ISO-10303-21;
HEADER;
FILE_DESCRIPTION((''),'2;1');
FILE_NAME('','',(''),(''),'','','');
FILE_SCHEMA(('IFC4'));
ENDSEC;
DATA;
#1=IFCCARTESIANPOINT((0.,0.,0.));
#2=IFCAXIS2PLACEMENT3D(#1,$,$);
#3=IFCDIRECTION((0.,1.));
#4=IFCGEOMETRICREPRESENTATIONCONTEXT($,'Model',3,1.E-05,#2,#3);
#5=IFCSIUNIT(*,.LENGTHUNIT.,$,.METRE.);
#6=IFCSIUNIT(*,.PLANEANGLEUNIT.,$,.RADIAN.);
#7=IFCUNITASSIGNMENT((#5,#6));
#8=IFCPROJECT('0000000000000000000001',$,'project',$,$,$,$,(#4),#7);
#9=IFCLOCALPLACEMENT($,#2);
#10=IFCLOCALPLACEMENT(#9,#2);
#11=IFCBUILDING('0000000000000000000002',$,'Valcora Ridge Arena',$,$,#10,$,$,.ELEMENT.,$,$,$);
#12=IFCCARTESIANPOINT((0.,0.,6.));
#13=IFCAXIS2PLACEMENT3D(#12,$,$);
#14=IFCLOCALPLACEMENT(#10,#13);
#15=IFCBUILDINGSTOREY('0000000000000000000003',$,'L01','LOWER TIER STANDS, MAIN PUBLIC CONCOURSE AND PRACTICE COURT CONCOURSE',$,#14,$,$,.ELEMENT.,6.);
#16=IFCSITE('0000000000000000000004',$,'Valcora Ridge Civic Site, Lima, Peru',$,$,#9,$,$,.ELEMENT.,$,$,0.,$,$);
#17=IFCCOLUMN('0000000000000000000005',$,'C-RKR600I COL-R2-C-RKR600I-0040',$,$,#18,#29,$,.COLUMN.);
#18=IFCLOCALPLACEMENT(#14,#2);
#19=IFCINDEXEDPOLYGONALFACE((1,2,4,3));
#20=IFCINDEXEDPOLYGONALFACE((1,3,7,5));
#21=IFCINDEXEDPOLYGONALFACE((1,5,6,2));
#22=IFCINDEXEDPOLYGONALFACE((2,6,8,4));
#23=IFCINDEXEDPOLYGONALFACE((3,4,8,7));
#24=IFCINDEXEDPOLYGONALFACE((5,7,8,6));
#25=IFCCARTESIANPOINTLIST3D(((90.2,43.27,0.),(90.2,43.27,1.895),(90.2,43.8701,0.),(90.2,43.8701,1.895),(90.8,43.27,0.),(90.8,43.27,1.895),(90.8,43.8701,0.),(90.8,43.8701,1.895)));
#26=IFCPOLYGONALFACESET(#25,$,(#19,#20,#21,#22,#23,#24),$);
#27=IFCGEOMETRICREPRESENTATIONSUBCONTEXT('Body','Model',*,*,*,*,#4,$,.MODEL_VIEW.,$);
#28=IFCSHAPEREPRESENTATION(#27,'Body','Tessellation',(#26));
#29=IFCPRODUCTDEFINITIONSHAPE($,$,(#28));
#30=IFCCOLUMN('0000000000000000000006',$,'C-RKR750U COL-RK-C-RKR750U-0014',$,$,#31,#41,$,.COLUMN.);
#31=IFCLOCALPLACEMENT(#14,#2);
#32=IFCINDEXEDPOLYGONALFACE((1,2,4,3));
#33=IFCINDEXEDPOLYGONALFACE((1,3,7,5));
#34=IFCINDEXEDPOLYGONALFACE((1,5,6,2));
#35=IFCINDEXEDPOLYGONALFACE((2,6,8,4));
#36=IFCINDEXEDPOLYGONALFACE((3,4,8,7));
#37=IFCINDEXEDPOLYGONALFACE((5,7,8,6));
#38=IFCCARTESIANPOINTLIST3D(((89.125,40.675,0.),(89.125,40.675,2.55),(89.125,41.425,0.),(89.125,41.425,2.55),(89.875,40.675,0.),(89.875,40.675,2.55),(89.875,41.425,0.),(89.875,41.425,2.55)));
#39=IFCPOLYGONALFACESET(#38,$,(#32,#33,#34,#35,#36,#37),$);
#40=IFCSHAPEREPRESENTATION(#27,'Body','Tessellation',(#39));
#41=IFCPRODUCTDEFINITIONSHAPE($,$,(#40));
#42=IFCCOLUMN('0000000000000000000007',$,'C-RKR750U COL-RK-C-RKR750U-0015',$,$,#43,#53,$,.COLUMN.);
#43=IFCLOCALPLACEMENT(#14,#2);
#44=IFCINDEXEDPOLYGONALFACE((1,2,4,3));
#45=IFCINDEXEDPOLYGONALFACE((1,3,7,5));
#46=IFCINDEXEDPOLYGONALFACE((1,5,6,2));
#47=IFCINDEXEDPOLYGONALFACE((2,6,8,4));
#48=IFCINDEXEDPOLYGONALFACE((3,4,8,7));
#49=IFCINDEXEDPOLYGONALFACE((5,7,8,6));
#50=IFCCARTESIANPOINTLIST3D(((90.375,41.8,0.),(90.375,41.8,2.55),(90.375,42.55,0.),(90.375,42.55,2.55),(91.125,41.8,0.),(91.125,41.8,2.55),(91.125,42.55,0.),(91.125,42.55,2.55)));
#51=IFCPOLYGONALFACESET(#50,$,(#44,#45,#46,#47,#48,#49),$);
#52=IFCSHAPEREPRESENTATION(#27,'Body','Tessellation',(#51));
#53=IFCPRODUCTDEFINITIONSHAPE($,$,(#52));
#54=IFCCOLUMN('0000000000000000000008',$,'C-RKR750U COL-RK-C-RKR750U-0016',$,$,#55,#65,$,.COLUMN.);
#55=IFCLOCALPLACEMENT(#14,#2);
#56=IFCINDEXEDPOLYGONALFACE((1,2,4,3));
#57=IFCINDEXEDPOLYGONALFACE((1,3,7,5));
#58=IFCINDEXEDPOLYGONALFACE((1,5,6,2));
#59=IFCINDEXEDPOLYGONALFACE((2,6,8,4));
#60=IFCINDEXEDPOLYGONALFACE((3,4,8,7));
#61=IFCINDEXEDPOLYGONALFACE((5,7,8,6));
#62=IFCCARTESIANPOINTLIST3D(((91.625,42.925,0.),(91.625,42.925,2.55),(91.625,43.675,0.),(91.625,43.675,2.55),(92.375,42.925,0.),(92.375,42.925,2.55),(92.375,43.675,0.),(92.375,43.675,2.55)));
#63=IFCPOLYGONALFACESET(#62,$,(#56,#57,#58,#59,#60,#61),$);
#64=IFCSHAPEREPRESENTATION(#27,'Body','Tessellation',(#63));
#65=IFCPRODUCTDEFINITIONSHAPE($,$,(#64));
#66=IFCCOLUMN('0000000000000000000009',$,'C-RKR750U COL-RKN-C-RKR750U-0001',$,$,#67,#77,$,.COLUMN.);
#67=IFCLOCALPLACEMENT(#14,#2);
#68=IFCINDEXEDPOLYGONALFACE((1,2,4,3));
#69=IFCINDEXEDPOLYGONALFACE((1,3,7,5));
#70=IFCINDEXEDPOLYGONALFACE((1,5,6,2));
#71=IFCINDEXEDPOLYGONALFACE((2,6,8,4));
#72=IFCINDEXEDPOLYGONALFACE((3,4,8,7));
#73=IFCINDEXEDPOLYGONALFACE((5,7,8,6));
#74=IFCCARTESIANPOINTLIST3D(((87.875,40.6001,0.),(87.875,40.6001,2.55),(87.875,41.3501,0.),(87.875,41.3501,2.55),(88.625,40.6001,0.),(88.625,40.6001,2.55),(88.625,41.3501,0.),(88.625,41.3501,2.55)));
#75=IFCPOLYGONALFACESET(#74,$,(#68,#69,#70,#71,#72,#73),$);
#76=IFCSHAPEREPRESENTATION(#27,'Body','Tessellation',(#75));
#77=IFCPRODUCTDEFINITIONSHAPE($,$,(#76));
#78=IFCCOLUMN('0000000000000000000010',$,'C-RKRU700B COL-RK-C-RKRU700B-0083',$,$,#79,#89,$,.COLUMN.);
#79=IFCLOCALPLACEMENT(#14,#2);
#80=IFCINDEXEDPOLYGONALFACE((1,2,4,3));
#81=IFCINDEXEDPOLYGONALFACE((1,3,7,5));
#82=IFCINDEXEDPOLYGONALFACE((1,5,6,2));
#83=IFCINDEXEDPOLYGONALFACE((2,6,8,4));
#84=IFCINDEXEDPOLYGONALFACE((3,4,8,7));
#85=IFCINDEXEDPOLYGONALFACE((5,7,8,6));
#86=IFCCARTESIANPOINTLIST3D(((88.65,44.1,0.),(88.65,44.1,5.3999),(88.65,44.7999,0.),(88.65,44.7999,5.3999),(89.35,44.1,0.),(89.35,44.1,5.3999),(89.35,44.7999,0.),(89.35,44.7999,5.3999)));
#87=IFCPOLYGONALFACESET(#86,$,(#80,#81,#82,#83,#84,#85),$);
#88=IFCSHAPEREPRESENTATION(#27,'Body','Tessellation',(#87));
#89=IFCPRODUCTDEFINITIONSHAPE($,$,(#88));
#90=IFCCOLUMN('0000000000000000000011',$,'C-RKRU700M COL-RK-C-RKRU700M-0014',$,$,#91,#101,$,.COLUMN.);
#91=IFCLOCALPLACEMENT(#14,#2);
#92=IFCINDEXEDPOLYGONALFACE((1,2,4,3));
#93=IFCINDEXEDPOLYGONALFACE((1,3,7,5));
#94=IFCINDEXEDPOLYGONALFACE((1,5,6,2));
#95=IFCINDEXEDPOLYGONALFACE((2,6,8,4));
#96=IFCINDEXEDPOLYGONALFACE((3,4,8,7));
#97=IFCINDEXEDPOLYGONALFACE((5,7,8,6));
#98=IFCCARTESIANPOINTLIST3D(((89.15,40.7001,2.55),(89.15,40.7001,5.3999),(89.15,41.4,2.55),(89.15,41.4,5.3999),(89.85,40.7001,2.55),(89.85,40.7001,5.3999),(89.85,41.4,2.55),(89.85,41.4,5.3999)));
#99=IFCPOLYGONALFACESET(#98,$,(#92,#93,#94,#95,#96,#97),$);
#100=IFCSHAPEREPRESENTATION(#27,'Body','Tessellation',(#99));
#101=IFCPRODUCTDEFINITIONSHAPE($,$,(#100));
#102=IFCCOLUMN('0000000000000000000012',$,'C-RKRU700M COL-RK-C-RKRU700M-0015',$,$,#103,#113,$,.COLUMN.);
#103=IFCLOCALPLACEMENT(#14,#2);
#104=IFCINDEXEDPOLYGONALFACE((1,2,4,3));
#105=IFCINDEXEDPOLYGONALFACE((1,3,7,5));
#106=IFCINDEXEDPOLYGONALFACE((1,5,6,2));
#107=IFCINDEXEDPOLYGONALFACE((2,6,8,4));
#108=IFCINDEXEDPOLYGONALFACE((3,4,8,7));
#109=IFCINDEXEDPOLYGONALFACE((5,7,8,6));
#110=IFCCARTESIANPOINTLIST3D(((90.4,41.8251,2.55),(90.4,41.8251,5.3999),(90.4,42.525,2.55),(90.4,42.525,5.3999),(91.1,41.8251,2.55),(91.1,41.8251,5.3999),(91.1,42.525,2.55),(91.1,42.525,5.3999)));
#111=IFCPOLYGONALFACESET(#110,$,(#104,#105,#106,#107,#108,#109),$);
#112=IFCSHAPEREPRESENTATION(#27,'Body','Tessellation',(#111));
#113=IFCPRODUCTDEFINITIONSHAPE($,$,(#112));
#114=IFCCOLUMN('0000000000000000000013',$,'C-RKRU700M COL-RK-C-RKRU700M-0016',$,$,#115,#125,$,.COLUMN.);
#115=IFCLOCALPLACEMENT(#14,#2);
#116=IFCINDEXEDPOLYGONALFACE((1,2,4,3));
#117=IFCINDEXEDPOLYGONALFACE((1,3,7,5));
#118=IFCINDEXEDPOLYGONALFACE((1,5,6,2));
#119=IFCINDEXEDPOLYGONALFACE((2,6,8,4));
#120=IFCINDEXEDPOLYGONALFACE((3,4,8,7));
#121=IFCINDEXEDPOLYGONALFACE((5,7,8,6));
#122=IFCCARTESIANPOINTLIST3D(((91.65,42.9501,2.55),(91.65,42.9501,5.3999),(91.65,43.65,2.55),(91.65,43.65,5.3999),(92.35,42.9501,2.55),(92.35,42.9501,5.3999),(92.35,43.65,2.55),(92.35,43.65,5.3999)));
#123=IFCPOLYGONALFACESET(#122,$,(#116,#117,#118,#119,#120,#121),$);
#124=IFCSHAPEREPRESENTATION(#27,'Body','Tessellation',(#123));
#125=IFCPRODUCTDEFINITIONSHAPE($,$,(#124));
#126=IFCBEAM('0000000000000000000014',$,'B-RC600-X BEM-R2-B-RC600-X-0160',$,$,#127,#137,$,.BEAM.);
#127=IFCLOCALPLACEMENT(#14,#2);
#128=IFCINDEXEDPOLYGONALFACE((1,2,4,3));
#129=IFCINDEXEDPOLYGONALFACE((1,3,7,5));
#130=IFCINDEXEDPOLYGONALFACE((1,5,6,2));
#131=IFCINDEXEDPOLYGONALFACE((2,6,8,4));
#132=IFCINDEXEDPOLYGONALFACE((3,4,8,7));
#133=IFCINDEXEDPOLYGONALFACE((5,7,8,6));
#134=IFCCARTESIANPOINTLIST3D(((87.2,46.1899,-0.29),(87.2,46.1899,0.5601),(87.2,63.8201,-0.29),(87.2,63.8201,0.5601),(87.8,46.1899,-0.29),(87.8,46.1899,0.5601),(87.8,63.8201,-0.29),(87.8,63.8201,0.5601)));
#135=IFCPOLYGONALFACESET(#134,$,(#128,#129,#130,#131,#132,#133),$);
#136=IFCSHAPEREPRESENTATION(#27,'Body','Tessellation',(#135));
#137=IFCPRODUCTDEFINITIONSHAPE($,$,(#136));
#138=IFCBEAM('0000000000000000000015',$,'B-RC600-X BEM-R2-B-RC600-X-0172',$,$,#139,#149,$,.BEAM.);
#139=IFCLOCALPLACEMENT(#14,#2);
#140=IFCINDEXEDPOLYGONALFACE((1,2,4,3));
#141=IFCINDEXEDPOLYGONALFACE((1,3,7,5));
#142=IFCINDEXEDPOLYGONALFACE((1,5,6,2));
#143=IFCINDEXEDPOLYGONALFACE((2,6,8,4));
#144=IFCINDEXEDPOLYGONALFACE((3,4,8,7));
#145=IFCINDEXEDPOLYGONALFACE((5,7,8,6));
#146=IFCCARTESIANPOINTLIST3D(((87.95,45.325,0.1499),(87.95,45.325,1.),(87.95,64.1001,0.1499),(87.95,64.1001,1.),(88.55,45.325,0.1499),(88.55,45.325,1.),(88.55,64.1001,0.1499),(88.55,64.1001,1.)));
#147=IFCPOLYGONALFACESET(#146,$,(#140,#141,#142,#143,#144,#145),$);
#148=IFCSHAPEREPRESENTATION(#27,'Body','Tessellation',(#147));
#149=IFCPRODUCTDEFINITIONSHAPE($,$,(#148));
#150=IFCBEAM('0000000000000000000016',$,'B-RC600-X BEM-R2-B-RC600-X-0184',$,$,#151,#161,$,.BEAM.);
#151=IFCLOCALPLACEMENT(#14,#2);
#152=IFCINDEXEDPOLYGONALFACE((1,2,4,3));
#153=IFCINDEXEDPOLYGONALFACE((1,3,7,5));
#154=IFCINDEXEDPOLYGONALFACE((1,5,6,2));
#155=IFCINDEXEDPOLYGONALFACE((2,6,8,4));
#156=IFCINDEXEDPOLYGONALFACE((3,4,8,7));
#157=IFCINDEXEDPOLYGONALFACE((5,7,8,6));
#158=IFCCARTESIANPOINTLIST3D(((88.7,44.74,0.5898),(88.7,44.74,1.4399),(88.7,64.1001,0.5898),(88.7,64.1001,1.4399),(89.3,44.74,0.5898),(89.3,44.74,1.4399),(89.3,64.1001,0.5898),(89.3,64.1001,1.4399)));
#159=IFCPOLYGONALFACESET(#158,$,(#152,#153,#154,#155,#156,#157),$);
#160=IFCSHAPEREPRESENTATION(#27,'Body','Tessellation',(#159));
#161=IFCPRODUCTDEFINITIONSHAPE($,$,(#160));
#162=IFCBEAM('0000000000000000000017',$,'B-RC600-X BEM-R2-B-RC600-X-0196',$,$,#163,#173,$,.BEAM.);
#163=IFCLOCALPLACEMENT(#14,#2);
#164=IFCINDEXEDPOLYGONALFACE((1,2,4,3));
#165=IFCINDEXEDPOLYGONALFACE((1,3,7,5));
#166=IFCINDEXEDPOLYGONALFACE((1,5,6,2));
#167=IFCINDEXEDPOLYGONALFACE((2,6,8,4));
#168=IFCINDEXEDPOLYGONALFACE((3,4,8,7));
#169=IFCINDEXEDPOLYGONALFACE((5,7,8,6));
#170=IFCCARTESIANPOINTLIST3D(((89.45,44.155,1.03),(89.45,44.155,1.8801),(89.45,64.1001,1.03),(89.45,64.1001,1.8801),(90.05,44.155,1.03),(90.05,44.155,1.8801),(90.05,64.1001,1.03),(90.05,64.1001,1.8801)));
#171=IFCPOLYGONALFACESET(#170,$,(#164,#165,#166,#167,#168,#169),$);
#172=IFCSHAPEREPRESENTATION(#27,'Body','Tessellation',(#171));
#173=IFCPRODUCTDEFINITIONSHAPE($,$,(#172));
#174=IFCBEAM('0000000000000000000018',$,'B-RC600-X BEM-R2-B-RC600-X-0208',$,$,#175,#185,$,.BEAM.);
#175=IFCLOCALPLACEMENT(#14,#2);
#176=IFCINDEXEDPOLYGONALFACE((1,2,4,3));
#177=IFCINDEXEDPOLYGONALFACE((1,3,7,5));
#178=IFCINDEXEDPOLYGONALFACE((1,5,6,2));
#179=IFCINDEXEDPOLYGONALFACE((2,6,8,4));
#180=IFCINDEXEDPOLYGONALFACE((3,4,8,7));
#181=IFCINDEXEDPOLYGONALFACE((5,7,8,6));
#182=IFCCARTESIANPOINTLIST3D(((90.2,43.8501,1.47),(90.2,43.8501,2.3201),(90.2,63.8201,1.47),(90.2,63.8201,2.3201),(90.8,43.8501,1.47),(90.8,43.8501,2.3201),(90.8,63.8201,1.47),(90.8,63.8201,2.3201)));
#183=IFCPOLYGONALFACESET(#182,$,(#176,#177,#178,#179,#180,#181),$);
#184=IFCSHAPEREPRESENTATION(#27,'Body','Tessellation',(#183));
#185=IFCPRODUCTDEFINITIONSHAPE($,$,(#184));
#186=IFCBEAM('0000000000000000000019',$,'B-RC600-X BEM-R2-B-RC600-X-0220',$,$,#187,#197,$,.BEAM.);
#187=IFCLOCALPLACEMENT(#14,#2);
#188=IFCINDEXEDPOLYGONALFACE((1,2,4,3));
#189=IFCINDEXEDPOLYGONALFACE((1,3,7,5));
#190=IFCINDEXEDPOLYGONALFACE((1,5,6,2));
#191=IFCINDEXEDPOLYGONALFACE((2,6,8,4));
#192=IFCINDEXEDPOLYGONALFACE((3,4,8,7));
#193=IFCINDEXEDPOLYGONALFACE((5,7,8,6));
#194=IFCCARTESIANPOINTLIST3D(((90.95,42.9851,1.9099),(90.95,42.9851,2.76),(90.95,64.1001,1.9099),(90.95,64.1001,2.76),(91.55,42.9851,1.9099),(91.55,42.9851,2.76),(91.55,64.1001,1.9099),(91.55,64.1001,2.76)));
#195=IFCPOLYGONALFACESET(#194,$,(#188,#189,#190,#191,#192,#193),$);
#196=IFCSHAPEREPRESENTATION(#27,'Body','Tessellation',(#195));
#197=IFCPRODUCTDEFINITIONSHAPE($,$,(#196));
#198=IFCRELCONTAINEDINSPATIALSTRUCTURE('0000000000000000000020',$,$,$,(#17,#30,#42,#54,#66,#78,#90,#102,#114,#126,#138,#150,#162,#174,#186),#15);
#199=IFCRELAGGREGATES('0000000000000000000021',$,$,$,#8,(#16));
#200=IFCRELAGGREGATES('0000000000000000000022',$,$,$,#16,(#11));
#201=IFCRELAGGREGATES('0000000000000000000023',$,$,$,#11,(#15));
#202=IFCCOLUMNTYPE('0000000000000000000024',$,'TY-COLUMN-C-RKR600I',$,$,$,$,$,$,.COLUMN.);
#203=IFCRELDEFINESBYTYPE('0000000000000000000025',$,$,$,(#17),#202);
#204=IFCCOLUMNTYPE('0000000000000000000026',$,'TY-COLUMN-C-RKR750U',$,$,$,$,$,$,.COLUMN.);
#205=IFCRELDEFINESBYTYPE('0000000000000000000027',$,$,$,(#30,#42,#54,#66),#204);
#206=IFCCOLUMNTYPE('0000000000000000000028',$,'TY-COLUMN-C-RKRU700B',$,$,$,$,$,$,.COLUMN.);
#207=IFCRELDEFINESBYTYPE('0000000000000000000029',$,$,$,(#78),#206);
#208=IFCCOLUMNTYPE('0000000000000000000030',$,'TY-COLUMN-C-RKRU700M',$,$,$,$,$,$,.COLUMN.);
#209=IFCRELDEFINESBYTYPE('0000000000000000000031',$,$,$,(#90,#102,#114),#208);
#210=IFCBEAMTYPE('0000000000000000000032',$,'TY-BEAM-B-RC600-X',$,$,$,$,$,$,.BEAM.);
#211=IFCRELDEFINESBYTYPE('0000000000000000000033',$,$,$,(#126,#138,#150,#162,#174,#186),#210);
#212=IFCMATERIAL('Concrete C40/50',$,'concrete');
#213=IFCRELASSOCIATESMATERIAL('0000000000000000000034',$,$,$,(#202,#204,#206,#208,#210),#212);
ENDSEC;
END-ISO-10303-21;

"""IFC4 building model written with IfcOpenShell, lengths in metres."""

from ifc_helpers import new_model, si_unit, direction, frame, origin, origin_2d, place, context, subcontext, project, spatial, rectangle, extrude, material, material_profile, profile_set, type_object, element, save


model = new_model("IFC4")

# Units and contexts
model_context = context("Model", 3, precision=1e-05, world=origin(), true_north=direction((0.0, 1.0)))
body_context = subcontext(model_context, "Body", "Model", "MODEL_VIEW")
ifc_project = project(units=[si_unit("LENGTHUNIT", "METRE"), si_unit("PLANEANGLEUNIT", "RADIAN")], contexts=[model_context])

# Site, building, storey
site_placement = place(None, origin())
site = spatial("IfcSite", under=ifc_project, at=site_placement, Name="Valcora Ridge Civic Site, Lima, Peru", CompositionType="ELEMENT", RefElevation=0.0)
building_placement = place(site_placement, origin())
building = spatial("IfcBuilding", under=site, at=building_placement, Name="Valcora Ridge Arena", CompositionType="ELEMENT")
storey_placement = place(building_placement, frame((0.0, 0.0, 6.0)))
storey = spatial("IfcBuildingStorey", under=building, at=storey_placement, Name="L01", Description="LOWER TIER STANDS, MAIN PUBLIC CONCOURSE AND PRACTICE COURT CONCOURSE", CompositionType="ELEMENT", Elevation=6.0)

# Columns
ifc_material_1 = material(Name="Concrete C40/50", Category="concrete")
ifc_material_profile_1 = material_profile(ifc_material_1, rectangle(XDim=0.6001, YDim=0.6001, at=origin_2d()), Name="RC 600x600")
ifc_profile_set_1 = profile_set([ifc_material_profile_1], Name="Concrete C40/50")
column_type_1 = type_object("IfcColumnType", Name="TY-COLUMN-C-RKR600I", PredefinedType="COLUMN", material=ifc_profile_set_1)
column_1_placement = place(storey_placement, frame((90.5, 43.5701, 0.0), z_axis=(0.0, 0.0, 1.0), x_axis=(1.0, 0.0, 0.0)))
element("IfcColumn", 1, at=column_1_placement, inside=storey, type_object=column_type_1, Name="C-RKR600I COL-R2-C-RKR600I-0040", PredefinedType="COLUMN", context=body_context, shape_type="SweptSolid", body=[
    extrude(rectangle(XDim=0.6001, YDim=0.6001, at=origin_2d()), origin(), (0.0, 0.0, 1.0), 1.895),
])
ifc_material_profile_2 = material_profile(ifc_material_1, rectangle(XDim=0.75, YDim=0.75, at=origin_2d()), Name="RC 750x750")
ifc_profile_set_2 = profile_set([ifc_material_profile_2], Name="Concrete C40/50")
column_type_2 = type_object("IfcColumnType", Name="TY-COLUMN-C-RKR750U", PredefinedType="COLUMN", material=ifc_profile_set_2)
for number, where, z_axis, x_axis, name in (
    (2, (89.5, 41.05, 0.0), (0.0, 0.0, 1.0), (1.0, 0.0, 0.0), "C-RKR750U COL-RK-C-RKR750U-0014"),
    (3, (90.75, 42.175, 0.0), (0.0, 0.0, 1.0), (1.0, 0.0, 0.0), "C-RKR750U COL-RK-C-RKR750U-0015"),
    (4, (92.0, 43.3, 0.0), (0.0, 0.0, 1.0), (1.0, 0.0, 0.0), "C-RKR750U COL-RK-C-RKR750U-0016"),
    (5, (88.25, 40.9751, 0.0), (0.0, 0.0, 1.0), (1.0, 0.0, 0.0), "C-RKR750U COL-RKN-C-RKR750U-0001"),
):
    element("IfcColumn", number, at=place(storey_placement, frame(where, z_axis=z_axis, x_axis=x_axis)), inside=storey, type_object=column_type_2, Name=name, PredefinedType="COLUMN", context=body_context, shape_type="SweptSolid", body=[
        extrude(rectangle(XDim=0.75, YDim=0.75, at=origin_2d()), origin(), (0.0, 0.0, 1.0), 2.55),
    ])
ifc_material_profile_3 = material_profile(ifc_material_1, rectangle(XDim=0.7, YDim=0.7, at=origin_2d()), Name="RC 700x700")
ifc_profile_set_3 = profile_set([ifc_material_profile_3], Name="Concrete C40/50")
column_type_3 = type_object("IfcColumnType", Name="TY-COLUMN-C-RKRU700B", PredefinedType="COLUMN", material=ifc_profile_set_3)
column_2_placement = place(storey_placement, frame((89.0, 44.45, 0.0), z_axis=(0.0, 0.0, 1.0), x_axis=(1.0, 0.0, 0.0)))
element("IfcColumn", 6, at=column_2_placement, inside=storey, type_object=column_type_3, Name="C-RKRU700B COL-RK-C-RKRU700B-0083", PredefinedType="COLUMN", context=body_context, shape_type="SweptSolid", body=[
    extrude(rectangle(XDim=0.7, YDim=0.7, at=origin_2d()), origin(), (0.0, 0.0, 1.0), 5.3999),
])
ifc_material_profile_4 = material_profile(ifc_material_1, rectangle(XDim=0.7, YDim=0.7, at=origin_2d()), Name="RC 700x700")
ifc_profile_set_4 = profile_set([ifc_material_profile_4], Name="Concrete C40/50")
column_type_4 = type_object("IfcColumnType", Name="TY-COLUMN-C-RKRU700M", PredefinedType="COLUMN", material=ifc_profile_set_4)
for number, where, z_axis, x_axis, name in (
    (7, (89.5, 41.05, 2.55), (0.0, 0.0, 1.0), (1.0, 0.0, 0.0), "C-RKRU700M COL-RK-C-RKRU700M-0014"),
    (8, (90.75, 42.175, 2.55), (0.0, 0.0, 1.0), (1.0, 0.0, 0.0), "C-RKRU700M COL-RK-C-RKRU700M-0015"),
    (9, (92.0, 43.3, 2.55), (0.0, 0.0, 1.0), (1.0, 0.0, 0.0), "C-RKRU700M COL-RK-C-RKRU700M-0016"),
):
    element("IfcColumn", number, at=place(storey_placement, frame(where, z_axis=z_axis, x_axis=x_axis)), inside=storey, type_object=column_type_4, Name=name, PredefinedType="COLUMN", context=body_context, shape_type="SweptSolid", body=[
        extrude(rectangle(XDim=0.7, YDim=0.7, at=origin_2d()), origin(), (0.0, 0.0, 1.0), 2.8499),
    ])

# Beams
ifc_material_profile_5 = material_profile(ifc_material_1, rectangle(XDim=0.6001, YDim=0.8501, at=origin_2d()), Name="RC 600x850")
ifc_profile_set_5 = profile_set([ifc_material_profile_5], Name="Concrete C40/50")
beam_type_1 = type_object("IfcBeamType", Name="TY-BEAM-B-RC600-X", PredefinedType="BEAM", material=ifc_profile_set_5)
beam_1_placement = place(storey_placement, frame((87.5, 46.1899, 0.135), z_axis=(0.0, 1.0, 0.0), x_axis=(-1.0, 0.0, 0.0)))
element("IfcBeam", 10, at=beam_1_placement, inside=storey, type_object=beam_type_1, Name="B-RC600-X BEM-R2-B-RC600-X-0160", PredefinedType="BEAM", context=body_context, shape_type="SweptSolid", body=[
    extrude(rectangle(XDim=0.6001, YDim=0.8501, at=origin_2d()), origin(), (0.0, 0.0, 1.0), 17.6301),
])
beam_2_placement = place(storey_placement, frame((88.25, 45.325, 0.575), z_axis=(0.0, 1.0, 0.0), x_axis=(-1.0, 0.0, 0.0)))
element("IfcBeam", 11, at=beam_2_placement, inside=storey, type_object=beam_type_1, Name="B-RC600-X BEM-R2-B-RC600-X-0172", PredefinedType="BEAM", context=body_context, shape_type="SweptSolid", body=[
    extrude(rectangle(XDim=0.6001, YDim=0.8501, at=origin_2d()), origin(), (0.0, 0.0, 1.0), 18.7751),
])
beam_3_placement = place(storey_placement, frame((89.0, 44.74, 1.0149), z_axis=(0.0, 1.0, 0.0), x_axis=(-1.0, 0.0, 0.0)))
element("IfcBeam", 12, at=beam_3_placement, inside=storey, type_object=beam_type_1, Name="B-RC600-X BEM-R2-B-RC600-X-0184", PredefinedType="BEAM", context=body_context, shape_type="SweptSolid", body=[
    extrude(rectangle(XDim=0.6001, YDim=0.8501, at=origin_2d()), origin(), (0.0, 0.0, 1.0), 19.3601),
])
beam_4_placement = place(storey_placement, frame((89.75, 44.155, 1.4551), z_axis=(0.0, 1.0, 0.0), x_axis=(-1.0, 0.0, 0.0)))
element("IfcBeam", 13, at=beam_4_placement, inside=storey, type_object=beam_type_1, Name="B-RC600-X BEM-R2-B-RC600-X-0196", PredefinedType="BEAM", context=body_context, shape_type="SweptSolid", body=[
    extrude(rectangle(XDim=0.6001, YDim=0.8501, at=origin_2d()), origin(), (0.0, 0.0, 1.0), 19.9451),
])
beam_5_placement = place(storey_placement, frame((90.5, 43.8501, 1.895), z_axis=(0.0, 1.0, 0.0), x_axis=(-1.0, 0.0, 0.0)))
element("IfcBeam", 14, at=beam_5_placement, inside=storey, type_object=beam_type_1, Name="B-RC600-X BEM-R2-B-RC600-X-0208", PredefinedType="BEAM", context=body_context, shape_type="SweptSolid", body=[
    extrude(rectangle(XDim=0.6001, YDim=0.8501, at=origin_2d()), origin(), (0.0, 0.0, 1.0), 19.97),
])
beam_6_placement = place(storey_placement, frame((91.25, 42.9851, 2.335), z_axis=(0.0, 1.0, 0.0), x_axis=(-1.0, 0.0, 0.0)))
element("IfcBeam", 15, at=beam_6_placement, inside=storey, type_object=beam_type_1, Name="B-RC600-X BEM-R2-B-RC600-X-0220", PredefinedType="BEAM", context=body_context, shape_type="SweptSolid", body=[
    extrude(rectangle(XDim=0.6001, YDim=0.8501, at=origin_2d()), origin(), (0.0, 0.0, 1.0), 21.115),
])

save(model, "model.ifc")
